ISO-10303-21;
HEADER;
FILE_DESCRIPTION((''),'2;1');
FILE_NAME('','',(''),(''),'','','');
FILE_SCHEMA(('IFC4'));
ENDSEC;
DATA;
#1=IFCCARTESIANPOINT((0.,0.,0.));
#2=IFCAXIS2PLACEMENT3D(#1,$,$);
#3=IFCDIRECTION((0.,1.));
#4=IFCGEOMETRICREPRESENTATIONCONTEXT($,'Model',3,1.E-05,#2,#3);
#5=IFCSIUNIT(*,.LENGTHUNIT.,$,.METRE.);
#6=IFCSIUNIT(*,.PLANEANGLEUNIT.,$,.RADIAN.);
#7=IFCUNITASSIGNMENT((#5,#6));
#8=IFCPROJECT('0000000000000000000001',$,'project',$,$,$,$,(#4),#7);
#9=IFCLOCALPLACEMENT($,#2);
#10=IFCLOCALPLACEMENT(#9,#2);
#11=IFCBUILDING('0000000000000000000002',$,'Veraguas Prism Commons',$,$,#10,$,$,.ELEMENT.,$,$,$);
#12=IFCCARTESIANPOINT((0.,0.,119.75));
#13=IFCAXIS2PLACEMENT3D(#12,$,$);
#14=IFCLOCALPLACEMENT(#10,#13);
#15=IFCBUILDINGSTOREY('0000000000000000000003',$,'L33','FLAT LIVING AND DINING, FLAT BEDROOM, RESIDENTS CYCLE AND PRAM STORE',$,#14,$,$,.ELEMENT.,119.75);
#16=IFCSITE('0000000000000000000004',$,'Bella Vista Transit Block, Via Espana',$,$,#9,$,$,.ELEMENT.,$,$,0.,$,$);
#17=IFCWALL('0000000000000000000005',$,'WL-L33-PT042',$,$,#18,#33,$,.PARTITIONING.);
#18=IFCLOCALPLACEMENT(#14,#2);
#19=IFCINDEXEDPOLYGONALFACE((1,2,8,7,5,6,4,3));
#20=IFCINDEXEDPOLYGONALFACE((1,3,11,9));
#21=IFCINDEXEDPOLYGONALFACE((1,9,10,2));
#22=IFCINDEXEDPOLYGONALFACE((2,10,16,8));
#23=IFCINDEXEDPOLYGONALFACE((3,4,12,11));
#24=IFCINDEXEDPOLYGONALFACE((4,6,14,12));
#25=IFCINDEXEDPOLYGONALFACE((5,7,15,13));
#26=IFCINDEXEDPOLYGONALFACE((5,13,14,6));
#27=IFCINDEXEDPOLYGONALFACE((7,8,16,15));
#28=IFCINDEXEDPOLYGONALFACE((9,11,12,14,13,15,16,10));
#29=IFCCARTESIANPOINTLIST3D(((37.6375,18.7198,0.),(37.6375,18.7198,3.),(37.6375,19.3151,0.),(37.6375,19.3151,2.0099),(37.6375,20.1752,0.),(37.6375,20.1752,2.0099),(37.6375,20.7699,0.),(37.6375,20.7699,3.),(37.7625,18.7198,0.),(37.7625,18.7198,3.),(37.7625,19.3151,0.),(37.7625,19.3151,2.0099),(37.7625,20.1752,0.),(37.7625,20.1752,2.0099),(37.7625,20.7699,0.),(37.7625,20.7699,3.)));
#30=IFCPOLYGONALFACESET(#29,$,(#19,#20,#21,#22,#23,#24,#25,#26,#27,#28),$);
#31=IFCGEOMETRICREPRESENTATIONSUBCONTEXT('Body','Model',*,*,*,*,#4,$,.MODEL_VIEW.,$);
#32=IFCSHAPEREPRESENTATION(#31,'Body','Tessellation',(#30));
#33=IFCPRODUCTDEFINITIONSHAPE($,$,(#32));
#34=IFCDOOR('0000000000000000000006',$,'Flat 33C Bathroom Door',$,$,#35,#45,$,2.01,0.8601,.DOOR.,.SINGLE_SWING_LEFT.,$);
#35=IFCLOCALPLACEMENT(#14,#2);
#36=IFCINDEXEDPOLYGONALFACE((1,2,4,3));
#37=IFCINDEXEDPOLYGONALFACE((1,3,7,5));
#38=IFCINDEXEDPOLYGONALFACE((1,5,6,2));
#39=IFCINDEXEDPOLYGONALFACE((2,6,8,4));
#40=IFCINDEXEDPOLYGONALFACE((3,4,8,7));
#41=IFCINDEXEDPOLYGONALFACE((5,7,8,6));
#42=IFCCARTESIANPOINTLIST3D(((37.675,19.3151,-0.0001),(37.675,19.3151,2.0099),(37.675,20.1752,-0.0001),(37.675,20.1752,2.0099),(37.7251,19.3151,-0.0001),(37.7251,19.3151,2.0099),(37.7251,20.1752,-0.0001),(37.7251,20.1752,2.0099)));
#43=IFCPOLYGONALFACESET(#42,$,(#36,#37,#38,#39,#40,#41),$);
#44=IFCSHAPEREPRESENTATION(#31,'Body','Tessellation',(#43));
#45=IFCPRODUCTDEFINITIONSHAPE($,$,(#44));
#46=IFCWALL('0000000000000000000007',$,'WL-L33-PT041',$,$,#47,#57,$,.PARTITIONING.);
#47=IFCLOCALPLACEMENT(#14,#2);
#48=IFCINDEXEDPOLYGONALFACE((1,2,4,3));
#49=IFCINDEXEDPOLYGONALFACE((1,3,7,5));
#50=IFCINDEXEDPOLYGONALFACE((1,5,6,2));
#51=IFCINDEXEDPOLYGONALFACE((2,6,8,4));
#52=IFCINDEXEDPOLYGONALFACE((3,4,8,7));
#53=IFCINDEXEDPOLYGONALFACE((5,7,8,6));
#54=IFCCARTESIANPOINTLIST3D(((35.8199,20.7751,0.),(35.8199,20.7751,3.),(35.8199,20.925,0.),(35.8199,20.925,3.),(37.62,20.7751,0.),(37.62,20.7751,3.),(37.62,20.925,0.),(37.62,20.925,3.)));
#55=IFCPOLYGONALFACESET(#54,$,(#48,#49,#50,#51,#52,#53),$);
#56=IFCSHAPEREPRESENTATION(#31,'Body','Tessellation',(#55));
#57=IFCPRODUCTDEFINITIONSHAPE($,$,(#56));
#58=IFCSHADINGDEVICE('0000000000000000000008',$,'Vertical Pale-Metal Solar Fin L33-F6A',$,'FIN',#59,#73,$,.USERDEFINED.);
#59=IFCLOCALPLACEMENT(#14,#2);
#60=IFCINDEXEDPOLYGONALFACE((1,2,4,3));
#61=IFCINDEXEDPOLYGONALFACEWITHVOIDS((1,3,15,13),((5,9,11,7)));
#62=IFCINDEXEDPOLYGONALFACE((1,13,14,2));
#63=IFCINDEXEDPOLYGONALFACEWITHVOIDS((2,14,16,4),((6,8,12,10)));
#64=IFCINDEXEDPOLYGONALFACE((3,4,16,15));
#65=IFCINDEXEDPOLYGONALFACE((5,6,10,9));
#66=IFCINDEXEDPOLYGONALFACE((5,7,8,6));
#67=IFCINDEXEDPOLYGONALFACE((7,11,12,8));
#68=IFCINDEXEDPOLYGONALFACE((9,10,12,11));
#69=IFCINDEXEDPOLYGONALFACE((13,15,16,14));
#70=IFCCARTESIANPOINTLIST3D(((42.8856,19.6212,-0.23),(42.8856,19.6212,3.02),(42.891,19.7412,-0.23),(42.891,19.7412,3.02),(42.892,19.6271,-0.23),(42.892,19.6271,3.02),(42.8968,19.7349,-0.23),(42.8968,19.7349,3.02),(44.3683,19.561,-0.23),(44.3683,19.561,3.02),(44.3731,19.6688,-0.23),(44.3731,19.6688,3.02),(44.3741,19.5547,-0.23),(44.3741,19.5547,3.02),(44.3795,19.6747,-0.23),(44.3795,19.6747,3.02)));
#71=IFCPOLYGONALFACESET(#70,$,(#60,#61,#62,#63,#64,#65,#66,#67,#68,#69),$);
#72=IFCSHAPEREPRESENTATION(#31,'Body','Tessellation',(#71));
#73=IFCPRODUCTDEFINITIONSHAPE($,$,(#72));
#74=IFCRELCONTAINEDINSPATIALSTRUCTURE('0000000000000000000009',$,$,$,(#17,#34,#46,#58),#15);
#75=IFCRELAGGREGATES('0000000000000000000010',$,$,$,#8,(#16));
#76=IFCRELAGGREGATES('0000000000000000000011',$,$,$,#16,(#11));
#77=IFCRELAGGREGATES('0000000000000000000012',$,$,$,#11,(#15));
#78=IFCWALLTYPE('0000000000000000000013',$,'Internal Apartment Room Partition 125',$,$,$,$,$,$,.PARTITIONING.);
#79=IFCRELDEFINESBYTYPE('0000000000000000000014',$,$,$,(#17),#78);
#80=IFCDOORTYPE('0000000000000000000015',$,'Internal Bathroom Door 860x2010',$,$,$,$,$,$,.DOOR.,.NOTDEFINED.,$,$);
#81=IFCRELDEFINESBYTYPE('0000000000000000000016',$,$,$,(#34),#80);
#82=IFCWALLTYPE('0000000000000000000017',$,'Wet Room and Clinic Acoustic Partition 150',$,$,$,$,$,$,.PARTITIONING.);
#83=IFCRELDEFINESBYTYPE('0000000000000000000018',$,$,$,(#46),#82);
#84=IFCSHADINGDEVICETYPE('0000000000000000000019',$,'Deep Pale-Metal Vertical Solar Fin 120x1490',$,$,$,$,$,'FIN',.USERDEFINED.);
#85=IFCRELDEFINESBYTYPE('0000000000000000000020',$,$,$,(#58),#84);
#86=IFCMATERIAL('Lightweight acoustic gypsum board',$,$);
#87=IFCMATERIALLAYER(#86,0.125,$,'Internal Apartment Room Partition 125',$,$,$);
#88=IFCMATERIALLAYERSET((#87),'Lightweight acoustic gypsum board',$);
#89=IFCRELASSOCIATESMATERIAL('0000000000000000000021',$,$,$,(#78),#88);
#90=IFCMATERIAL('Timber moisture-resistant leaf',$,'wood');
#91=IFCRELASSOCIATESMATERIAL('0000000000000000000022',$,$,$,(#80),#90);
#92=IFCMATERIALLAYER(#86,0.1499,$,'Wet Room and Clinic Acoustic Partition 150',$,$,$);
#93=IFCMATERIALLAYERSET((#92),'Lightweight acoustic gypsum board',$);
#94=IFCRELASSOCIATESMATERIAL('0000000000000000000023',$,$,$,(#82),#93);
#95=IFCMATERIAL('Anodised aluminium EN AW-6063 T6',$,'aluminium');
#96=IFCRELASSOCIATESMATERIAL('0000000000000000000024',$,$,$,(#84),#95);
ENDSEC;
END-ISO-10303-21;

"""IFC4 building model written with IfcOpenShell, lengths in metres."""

from ifc_helpers import new_model, si_unit, direction, frame, frame_2d, origin, origin_2d, place, context, subcontext, project, spatial, rectangle, hollow_rectangle, extrude, source, transform, mapped, material, layer, layer_set, material_profile, profile_set, type_object, element, fill, save


model = new_model("IFC4")

# Units and contexts
model_context = context("Model", 3, precision=1e-05, world=origin(), true_north=direction((0.0, 1.0)))
body_context = subcontext(model_context, "Body", "Model", "MODEL_VIEW")
ifc_project = project(units=[si_unit("LENGTHUNIT", "METRE"), si_unit("PLANEANGLEUNIT", "RADIAN")], contexts=[model_context])

# Site, building, storey
site_placement = place(None, origin())
site = spatial("IfcSite", under=ifc_project, at=site_placement, Name="Bella Vista Transit Block, Via Espana", CompositionType="ELEMENT", RefElevation=0.0)
building_placement = place(site_placement, origin())
building = spatial("IfcBuilding", under=site, at=building_placement, Name="Veraguas Prism Commons", CompositionType="ELEMENT")
storey_placement = place(building_placement, frame((0.0, 0.0, 119.75)))
storey = spatial("IfcBuildingStorey", under=building, at=storey_placement, Name="L33", Description="FLAT LIVING AND DINING, FLAT BEDROOM, RESIDENTS CYCLE AND PRAM STORE", CompositionType="ELEMENT", Elevation=119.75)

# Shared definitions
ifc_material_1 = material(Name="Anodised aluminium EN AW-6063 T6", Category="aluminium")

# Wall, opening, door
ifc_material_2 = material(Name="Lightweight acoustic gypsum board")
ifc_layer_1 = layer(ifc_material_2, 0.125, Name="Internal Apartment Room Partition 125")
ifc_layer_set_1 = layer_set([ifc_layer_1], Name="Lightweight acoustic gypsum board")
wall_type_1 = type_object("IfcWallType", Name="Internal Apartment Room Partition 125", PredefinedType="PARTITIONING", material=ifc_layer_set_1)
wall_1_placement = place(storey_placement, frame((37.7, 18.72, 0.0), z_axis=(0.0, 0.0, 1.0), x_axis=(0.0, 1.0, 0.0)))
wall_1 = element("IfcWall", 1, at=wall_1_placement, inside=storey, type_object=wall_type_1, Name="WL-L33-PT042", PredefinedType="PARTITIONING", context=body_context, shape_type="SweptSolid", body=[
    extrude(rectangle(XDim=2.05, YDim=0.125, at=frame_2d((1.0249, 0.0))), origin(), (0.0, 0.0, 1.0), 3.0),
])
opening_1_placement = place(wall_1_placement, frame((0.595, 0.0, 0.0)))
opening_1 = element("IfcOpeningElement", 2, at=opening_1_placement, cuts=wall_1, PredefinedType="OPENING", context=body_context, shape_type="SweptSolid", body=[
    extrude(rectangle(XDim=0.8601, YDim=2.01, at=frame_2d((0.4302, 1.0049))), frame((0.0, 0.0725, 0.0), z_axis=(0.0, -1.0, 0.0), x_axis=(1.0, 0.0, 0.0)), (0.0, 0.0, 1.0), 0.145),
])
ifc_material_3 = material(Name="Timber moisture-resistant leaf", Category="wood")
door_type_1 = type_object("IfcDoorType", Name="Internal Bathroom Door 860x2010", OperationType="NOTDEFINED", PredefinedType="DOOR", material=ifc_material_3)
shared_shape_1 = source(origin(), body_context, "Body", "SweptSolid", [
    extrude(rectangle(XDim=0.8601, YDim=2.01, at=frame_2d((0.4302, 1.0049))), frame((0.0, 0.0249, 0.0), z_axis=(0.0, -1.0, 0.0), x_axis=(1.0, 0.0, 0.0)), (0.0, 0.0, 1.0), 0.05),
])
door_1_placement = place(opening_1_placement, origin())
door_1 = element("IfcDoor", 3, at=door_1_placement, inside=storey, type_object=door_type_1, Name="Flat 33C Bathroom Door", OperationType="SINGLE_SWING_LEFT", OverallHeight=2.01, OverallWidth=0.8601, PredefinedType="DOOR", context=body_context, shape_type="MappedRepresentation", body=[
    mapped(shared_shape_1, transform((0.0, 0.0, 0.0), scale=1.0)),
])
fill(opening_1, door_1)

# Wall
ifc_layer_2 = layer(ifc_material_2, 0.1499, Name="Wet Room and Clinic Acoustic Partition 150")
ifc_layer_set_2 = layer_set([ifc_layer_2], Name="Lightweight acoustic gypsum board")
wall_type_2 = type_object("IfcWallType", Name="Wet Room and Clinic Acoustic Partition 150", PredefinedType="PARTITIONING", material=ifc_layer_set_2)
wall_2_placement = place(storey_placement, frame((35.8201, 20.8501, 0.0), z_axis=(0.0, 0.0, 1.0), x_axis=(1.0, 0.0, 0.0)))
element("IfcWall", 4, at=wall_2_placement, inside=storey, type_object=wall_type_2, Name="WL-L33-PT041", PredefinedType="PARTITIONING", context=body_context, shape_type="SweptSolid", body=[
    extrude(rectangle(XDim=1.8, YDim=0.1499, at=frame_2d((0.8999, 0.0))), origin(), (0.0, 0.0, 1.0), 3.0),
])

# Shading device
ifc_material_profile_1 = material_profile(ifc_material_1, hollow_rectangle(XDim=0.1201, YDim=1.49, WallThickness=0.0061, at=origin_2d()), Name="FIN120X1490X6")
ifc_profile_set_1 = profile_set([ifc_material_profile_1], Name="Anodised aluminium EN AW-6063 T6")
shading_device_type = type_object("IfcShadingDeviceType", Name="Deep Pale-Metal Vertical Solar Fin 120x1490", ElementType="FIN", PredefinedType="USERDEFINED", material=ifc_profile_set_1)
shading_device_placement = place(storey_placement, frame((43.6326, 19.6479, -0.23), z_axis=(0.0, 0.0, 1.0), x_axis=(0.044669, 0.999002, 0.0)))
element("IfcShadingDevice", 5, at=shading_device_placement, inside=storey, type_object=shading_device_type, Name="Vertical Pale-Metal Solar Fin L33-F6A", ObjectType="FIN", PredefinedType="USERDEFINED", context=body_context, shape_type="SweptSolid", body=[
    extrude(hollow_rectangle(XDim=0.1201, YDim=1.49, WallThickness=0.0061, at=origin_2d()), origin(), (0.0, 0.0, 1.0), 3.25),
])

save(model, "model.ifc")
